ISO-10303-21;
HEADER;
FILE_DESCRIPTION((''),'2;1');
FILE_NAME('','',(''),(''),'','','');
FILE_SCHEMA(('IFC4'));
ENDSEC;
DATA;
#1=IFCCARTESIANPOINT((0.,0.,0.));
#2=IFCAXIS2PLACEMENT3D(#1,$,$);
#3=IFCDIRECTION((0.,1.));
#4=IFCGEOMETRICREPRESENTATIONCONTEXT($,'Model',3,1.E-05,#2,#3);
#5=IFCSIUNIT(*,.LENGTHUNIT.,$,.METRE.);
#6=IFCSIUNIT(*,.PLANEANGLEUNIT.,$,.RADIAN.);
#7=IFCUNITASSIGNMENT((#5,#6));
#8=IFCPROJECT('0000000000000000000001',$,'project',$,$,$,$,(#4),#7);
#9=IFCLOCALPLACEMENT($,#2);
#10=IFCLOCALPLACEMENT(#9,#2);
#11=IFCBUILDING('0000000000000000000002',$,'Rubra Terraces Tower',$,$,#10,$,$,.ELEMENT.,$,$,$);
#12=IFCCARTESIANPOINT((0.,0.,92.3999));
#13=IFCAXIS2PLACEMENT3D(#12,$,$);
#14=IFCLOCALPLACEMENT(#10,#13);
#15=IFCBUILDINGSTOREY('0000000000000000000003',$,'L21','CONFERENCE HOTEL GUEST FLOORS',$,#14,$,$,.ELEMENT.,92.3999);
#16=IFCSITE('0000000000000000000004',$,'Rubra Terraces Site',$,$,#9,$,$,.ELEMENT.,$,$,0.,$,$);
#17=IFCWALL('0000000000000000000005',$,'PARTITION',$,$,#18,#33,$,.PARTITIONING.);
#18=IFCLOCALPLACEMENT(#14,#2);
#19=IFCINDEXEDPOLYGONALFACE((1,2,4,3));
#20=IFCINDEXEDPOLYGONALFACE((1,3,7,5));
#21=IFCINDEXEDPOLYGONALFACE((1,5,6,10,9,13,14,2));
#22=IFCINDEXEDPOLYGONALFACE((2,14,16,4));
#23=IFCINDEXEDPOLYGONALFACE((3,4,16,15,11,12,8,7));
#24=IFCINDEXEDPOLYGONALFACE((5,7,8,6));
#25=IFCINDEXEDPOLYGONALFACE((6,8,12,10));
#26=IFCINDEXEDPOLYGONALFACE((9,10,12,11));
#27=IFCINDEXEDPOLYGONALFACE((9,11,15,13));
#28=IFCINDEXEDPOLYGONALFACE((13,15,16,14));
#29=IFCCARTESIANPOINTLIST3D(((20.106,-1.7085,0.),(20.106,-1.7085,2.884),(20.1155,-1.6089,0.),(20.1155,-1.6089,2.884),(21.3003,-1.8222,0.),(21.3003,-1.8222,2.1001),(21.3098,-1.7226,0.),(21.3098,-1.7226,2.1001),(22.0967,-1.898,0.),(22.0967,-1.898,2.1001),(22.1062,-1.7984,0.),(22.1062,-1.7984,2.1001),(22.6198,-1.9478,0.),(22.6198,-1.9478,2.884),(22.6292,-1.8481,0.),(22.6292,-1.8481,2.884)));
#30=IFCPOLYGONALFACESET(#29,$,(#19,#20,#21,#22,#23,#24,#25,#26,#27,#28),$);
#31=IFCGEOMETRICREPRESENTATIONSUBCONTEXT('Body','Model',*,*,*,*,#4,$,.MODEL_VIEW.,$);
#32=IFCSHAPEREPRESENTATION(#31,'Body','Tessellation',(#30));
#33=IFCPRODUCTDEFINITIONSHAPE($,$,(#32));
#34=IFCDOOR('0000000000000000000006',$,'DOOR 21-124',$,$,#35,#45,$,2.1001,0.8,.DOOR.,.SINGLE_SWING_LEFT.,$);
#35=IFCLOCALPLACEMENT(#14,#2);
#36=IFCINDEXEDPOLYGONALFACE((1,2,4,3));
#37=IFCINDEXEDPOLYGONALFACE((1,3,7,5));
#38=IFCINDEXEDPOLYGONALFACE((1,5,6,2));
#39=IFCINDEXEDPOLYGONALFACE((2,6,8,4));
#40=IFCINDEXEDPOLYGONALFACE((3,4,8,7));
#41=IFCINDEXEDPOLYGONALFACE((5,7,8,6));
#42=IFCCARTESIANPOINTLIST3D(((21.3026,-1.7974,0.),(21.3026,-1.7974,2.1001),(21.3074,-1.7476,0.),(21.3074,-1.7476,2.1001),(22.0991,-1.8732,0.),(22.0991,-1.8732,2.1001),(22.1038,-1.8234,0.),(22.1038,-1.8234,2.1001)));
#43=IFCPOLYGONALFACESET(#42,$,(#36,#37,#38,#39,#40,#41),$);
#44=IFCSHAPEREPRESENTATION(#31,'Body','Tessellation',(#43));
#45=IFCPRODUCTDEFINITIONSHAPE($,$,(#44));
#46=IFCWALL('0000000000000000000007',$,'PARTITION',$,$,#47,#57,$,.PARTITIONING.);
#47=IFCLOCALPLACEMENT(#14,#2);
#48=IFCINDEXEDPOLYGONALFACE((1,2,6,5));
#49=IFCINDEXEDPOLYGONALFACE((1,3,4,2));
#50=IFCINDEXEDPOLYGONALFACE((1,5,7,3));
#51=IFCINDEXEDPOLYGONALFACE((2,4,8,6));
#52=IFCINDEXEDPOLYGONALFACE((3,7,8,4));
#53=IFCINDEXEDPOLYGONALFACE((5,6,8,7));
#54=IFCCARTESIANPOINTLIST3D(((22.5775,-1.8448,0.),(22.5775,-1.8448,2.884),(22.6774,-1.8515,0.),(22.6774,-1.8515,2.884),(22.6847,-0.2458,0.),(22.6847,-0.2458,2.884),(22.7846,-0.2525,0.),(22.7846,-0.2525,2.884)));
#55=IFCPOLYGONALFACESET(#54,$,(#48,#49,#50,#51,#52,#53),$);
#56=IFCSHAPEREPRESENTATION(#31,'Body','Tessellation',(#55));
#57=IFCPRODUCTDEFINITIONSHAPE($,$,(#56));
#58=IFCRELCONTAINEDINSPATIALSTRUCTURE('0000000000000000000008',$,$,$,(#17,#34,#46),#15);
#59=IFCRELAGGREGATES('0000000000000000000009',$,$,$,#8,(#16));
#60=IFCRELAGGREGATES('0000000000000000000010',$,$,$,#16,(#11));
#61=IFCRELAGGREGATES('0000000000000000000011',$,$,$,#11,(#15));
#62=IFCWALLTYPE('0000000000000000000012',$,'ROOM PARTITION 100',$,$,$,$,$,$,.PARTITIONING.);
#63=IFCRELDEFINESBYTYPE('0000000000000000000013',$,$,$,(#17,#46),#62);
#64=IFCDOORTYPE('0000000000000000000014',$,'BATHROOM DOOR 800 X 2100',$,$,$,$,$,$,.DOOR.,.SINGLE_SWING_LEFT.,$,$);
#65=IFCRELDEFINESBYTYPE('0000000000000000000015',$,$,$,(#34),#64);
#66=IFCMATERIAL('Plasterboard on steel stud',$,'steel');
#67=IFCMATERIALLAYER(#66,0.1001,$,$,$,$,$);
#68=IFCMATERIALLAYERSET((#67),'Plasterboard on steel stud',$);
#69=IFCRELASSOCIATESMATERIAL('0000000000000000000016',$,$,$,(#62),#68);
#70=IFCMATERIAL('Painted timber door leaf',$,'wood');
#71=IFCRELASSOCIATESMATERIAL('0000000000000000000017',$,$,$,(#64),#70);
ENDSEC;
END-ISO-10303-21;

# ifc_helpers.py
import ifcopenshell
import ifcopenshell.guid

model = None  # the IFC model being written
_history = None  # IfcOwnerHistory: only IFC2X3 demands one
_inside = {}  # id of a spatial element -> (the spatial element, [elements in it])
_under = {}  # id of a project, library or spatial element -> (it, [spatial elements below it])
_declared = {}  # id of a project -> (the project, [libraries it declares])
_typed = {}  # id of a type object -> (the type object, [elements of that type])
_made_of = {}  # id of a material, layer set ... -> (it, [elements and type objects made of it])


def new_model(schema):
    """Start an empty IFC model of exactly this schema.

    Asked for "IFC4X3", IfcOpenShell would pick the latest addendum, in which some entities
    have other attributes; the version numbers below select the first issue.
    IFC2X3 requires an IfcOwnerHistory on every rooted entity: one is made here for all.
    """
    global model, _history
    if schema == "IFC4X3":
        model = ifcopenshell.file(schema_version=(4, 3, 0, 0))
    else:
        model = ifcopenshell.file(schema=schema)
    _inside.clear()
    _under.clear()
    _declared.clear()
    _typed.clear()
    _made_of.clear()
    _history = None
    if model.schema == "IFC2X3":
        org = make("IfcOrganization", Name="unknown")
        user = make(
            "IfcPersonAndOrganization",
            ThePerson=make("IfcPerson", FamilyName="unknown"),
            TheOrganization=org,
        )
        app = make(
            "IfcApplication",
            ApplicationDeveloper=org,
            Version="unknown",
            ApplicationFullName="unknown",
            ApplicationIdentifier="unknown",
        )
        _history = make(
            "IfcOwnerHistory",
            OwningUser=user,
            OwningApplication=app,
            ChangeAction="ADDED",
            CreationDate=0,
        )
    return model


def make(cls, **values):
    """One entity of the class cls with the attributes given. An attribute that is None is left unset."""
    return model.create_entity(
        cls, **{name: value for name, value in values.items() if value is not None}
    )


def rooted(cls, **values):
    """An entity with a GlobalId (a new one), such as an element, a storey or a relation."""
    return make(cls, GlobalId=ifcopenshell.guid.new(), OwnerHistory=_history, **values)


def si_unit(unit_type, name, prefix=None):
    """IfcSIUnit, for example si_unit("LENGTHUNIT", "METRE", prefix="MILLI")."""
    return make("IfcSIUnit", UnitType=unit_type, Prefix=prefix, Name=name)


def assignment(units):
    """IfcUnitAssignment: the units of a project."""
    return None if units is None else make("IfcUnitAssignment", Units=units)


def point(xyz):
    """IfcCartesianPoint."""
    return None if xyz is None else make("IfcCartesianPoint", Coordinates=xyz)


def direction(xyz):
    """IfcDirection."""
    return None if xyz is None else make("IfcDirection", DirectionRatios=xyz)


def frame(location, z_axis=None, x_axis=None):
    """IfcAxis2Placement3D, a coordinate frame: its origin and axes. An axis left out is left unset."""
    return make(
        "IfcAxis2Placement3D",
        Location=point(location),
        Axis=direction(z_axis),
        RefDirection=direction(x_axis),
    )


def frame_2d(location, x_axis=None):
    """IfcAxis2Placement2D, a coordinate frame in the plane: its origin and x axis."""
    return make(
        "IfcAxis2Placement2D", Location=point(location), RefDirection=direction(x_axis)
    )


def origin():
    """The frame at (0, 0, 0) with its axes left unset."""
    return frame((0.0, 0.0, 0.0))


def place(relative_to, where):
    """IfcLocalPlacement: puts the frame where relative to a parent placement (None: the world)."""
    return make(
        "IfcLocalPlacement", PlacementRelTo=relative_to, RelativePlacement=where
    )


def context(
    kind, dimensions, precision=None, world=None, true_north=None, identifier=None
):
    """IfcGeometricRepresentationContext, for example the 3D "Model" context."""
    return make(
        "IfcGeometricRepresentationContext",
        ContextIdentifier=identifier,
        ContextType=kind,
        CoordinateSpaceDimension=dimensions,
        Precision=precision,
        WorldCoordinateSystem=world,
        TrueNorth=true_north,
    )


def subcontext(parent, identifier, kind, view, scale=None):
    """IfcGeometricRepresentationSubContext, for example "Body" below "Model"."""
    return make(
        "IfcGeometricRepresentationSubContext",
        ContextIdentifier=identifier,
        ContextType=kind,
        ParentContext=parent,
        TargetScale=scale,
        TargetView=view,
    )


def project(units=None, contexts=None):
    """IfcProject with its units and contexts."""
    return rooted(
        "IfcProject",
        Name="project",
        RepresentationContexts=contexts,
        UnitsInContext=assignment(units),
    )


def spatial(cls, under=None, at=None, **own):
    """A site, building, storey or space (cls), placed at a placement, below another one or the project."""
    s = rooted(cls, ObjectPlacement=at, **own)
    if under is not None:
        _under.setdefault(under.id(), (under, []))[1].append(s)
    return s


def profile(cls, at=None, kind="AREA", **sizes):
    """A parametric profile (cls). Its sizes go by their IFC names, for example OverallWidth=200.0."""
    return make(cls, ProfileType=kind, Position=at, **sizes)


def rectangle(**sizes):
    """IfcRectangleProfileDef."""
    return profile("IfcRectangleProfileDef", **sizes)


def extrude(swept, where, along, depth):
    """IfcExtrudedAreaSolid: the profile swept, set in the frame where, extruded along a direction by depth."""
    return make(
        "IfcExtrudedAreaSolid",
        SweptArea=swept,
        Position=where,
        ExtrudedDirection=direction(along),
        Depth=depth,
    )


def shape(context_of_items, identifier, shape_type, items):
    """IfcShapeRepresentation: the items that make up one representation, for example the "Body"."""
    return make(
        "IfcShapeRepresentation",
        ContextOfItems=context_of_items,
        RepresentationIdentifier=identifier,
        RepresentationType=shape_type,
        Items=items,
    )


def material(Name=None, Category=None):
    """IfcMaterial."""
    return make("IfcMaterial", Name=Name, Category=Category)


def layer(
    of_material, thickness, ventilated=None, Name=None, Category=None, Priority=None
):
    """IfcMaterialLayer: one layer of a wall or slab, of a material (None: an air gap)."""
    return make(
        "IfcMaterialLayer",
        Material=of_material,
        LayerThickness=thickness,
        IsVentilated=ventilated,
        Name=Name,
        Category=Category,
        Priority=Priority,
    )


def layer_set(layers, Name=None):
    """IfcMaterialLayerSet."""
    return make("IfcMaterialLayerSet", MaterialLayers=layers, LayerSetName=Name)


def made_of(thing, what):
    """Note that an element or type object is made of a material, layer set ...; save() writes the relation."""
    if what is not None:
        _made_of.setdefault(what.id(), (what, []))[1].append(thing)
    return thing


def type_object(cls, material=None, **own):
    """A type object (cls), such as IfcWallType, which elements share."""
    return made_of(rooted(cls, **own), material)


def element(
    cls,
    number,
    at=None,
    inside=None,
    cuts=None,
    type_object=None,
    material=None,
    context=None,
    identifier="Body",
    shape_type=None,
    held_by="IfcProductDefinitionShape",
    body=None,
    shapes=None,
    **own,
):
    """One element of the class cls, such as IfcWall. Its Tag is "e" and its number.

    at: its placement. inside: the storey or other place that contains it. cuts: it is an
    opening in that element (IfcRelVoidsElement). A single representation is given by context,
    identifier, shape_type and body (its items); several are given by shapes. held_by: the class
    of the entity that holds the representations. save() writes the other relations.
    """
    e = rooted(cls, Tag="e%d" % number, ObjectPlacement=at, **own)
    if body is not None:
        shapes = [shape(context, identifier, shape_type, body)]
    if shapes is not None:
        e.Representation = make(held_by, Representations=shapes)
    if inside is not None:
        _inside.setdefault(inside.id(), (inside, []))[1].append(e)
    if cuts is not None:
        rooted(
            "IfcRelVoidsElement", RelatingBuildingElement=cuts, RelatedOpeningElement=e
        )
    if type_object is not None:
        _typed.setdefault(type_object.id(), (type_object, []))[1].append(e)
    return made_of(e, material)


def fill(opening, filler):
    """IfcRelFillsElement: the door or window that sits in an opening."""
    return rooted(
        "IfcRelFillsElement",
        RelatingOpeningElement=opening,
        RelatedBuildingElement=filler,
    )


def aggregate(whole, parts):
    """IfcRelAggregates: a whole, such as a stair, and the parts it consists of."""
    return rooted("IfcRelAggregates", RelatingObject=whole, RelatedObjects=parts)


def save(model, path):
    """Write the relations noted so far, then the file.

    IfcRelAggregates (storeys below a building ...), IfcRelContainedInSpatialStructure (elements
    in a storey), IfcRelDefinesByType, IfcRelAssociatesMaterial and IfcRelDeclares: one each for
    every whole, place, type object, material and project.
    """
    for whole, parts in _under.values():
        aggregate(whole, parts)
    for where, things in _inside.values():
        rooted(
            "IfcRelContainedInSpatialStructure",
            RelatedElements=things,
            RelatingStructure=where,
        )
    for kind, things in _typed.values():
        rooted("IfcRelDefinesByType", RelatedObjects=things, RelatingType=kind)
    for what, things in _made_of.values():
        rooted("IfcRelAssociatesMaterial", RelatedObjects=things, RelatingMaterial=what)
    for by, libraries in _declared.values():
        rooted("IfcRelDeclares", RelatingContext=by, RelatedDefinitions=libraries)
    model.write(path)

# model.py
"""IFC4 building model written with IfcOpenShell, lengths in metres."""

from ifc_helpers import new_model, si_unit, direction, frame, frame_2d, origin, place, context, subcontext, project, spatial, rectangle, extrude, material, layer, layer_set, type_object, element, fill, save


model = new_model("IFC4")

# Units and contexts
model_context = context("Model", 3, precision=1e-05, world=origin(), true_north=direction((0.0, 1.0)))
body_context = subcontext(model_context, "Body", "Model", "MODEL_VIEW")
ifc_project = project(units=[si_unit("LENGTHUNIT", "METRE"), si_unit("PLANEANGLEUNIT", "RADIAN")], contexts=[model_context])

# Site, building, storey
site_placement = place(None, origin())
site = spatial("IfcSite", under=ifc_project, at=site_placement, Name="Rubra Terraces Site", CompositionType="ELEMENT", RefElevation=0.0)
building_placement = place(site_placement, origin())
building = spatial("IfcBuilding", under=site, at=building_placement, Name="Rubra Terraces Tower", CompositionType="ELEMENT")
storey_placement = place(building_placement, frame((0.0, 0.0, 92.3999)))
storey = spatial("IfcBuildingStorey", under=building, at=storey_placement, Name="L21", Description="CONFERENCE HOTEL GUEST FLOORS", CompositionType="ELEMENT", Elevation=92.3999)

# Shared definitions
ifc_material_1 = material(Name="Painted timber door leaf", Category="wood")

# Wall, opening, door
ifc_material_2 = material(Name="Plasterboard on steel stud", Category="steel")
ifc_layer_1 = layer(ifc_material_2, 0.1001)
ifc_layer_set_1 = layer_set([ifc_layer_1], Name="Plasterboard on steel stud")
wall_type_1 = type_object("IfcWallType", Name="ROOM PARTITION 100", PredefinedType="PARTITIONING", material=ifc_layer_set_1)
wall_1_placement = place(storey_placement, frame((20.1106, -1.6587, 0.0), z_axis=(0.0, 0.0, 1.0), x_axis=(0.995501, -0.094754, 0.0)))
wall_1 = element("IfcWall", 1, at=wall_1_placement, inside=storey, type_object=wall_type_1, Name="PARTITION", PredefinedType="PARTITIONING", context=body_context, shape_type="SweptSolid", body=[
    extrude(rectangle(XDim=2.5251, YDim=0.1001, at=frame_2d((1.2627, 0.0))), origin(), (0.0, 0.0, 1.0), 2.884),
])
opening_1_placement = place(wall_1_placement, frame((1.2, 0.0, 0.0)))
opening_1 = element("IfcOpeningElement", 2, at=opening_1_placement, cuts=wall_1, PredefinedType="OPENING", context=body_context, shape_type="SweptSolid", body=[
    extrude(rectangle(XDim=0.8, YDim=2.1001, at=frame_2d((0.3999, 1.05))), frame((0.0, 0.0601, 0.0), z_axis=(0.0, -1.0, 0.0), x_axis=(1.0, 0.0, 0.0)), (0.0, 0.0, 1.0), 0.1201),
])
door_type_1 = type_object("IfcDoorType", Name="BATHROOM DOOR 800 X 2100", OperationType="SINGLE_SWING_LEFT", PredefinedType="DOOR", material=ifc_material_1)
door_1_placement = place(opening_1_placement, origin())
door_1 = element("IfcDoor", 3, at=door_1_placement, inside=storey, type_object=door_type_1, Name="DOOR 21-124", OperationType="SINGLE_SWING_LEFT", OverallHeight=2.1001, OverallWidth=0.8, PredefinedType="DOOR", context=body_context, shape_type="SweptSolid", body=[
    extrude(rectangle(XDim=0.8, YDim=2.1001, at=frame_2d((0.3999, 1.05))), frame((0.0, 0.0249, 0.0), z_axis=(0.0, -1.0, 0.0), x_axis=(1.0, 0.0, 0.0)), (0.0, 0.0, 1.0), 0.05),
])
fill(opening_1, door_1)

# Wall
wall_2_placement = place(storey_placement, frame((22.6274, -1.8481, 0.0), z_axis=(0.0, 0.0, 1.0), x_axis=(0.066883, 0.997761, 0.0)))
element("IfcWall", 4, at=wall_2_placement, inside=storey, type_object=wall_type_1, Name="PARTITION", PredefinedType="PARTITIONING", context=body_context, shape_type="SweptSolid", body=[
    extrude(rectangle(XDim=1.6025, YDim=0.1001, at=frame_2d((0.8013, 0.0))), origin(), (0.0, 0.0, 1.0), 2.884),
])

save(model, "model.ifc")
